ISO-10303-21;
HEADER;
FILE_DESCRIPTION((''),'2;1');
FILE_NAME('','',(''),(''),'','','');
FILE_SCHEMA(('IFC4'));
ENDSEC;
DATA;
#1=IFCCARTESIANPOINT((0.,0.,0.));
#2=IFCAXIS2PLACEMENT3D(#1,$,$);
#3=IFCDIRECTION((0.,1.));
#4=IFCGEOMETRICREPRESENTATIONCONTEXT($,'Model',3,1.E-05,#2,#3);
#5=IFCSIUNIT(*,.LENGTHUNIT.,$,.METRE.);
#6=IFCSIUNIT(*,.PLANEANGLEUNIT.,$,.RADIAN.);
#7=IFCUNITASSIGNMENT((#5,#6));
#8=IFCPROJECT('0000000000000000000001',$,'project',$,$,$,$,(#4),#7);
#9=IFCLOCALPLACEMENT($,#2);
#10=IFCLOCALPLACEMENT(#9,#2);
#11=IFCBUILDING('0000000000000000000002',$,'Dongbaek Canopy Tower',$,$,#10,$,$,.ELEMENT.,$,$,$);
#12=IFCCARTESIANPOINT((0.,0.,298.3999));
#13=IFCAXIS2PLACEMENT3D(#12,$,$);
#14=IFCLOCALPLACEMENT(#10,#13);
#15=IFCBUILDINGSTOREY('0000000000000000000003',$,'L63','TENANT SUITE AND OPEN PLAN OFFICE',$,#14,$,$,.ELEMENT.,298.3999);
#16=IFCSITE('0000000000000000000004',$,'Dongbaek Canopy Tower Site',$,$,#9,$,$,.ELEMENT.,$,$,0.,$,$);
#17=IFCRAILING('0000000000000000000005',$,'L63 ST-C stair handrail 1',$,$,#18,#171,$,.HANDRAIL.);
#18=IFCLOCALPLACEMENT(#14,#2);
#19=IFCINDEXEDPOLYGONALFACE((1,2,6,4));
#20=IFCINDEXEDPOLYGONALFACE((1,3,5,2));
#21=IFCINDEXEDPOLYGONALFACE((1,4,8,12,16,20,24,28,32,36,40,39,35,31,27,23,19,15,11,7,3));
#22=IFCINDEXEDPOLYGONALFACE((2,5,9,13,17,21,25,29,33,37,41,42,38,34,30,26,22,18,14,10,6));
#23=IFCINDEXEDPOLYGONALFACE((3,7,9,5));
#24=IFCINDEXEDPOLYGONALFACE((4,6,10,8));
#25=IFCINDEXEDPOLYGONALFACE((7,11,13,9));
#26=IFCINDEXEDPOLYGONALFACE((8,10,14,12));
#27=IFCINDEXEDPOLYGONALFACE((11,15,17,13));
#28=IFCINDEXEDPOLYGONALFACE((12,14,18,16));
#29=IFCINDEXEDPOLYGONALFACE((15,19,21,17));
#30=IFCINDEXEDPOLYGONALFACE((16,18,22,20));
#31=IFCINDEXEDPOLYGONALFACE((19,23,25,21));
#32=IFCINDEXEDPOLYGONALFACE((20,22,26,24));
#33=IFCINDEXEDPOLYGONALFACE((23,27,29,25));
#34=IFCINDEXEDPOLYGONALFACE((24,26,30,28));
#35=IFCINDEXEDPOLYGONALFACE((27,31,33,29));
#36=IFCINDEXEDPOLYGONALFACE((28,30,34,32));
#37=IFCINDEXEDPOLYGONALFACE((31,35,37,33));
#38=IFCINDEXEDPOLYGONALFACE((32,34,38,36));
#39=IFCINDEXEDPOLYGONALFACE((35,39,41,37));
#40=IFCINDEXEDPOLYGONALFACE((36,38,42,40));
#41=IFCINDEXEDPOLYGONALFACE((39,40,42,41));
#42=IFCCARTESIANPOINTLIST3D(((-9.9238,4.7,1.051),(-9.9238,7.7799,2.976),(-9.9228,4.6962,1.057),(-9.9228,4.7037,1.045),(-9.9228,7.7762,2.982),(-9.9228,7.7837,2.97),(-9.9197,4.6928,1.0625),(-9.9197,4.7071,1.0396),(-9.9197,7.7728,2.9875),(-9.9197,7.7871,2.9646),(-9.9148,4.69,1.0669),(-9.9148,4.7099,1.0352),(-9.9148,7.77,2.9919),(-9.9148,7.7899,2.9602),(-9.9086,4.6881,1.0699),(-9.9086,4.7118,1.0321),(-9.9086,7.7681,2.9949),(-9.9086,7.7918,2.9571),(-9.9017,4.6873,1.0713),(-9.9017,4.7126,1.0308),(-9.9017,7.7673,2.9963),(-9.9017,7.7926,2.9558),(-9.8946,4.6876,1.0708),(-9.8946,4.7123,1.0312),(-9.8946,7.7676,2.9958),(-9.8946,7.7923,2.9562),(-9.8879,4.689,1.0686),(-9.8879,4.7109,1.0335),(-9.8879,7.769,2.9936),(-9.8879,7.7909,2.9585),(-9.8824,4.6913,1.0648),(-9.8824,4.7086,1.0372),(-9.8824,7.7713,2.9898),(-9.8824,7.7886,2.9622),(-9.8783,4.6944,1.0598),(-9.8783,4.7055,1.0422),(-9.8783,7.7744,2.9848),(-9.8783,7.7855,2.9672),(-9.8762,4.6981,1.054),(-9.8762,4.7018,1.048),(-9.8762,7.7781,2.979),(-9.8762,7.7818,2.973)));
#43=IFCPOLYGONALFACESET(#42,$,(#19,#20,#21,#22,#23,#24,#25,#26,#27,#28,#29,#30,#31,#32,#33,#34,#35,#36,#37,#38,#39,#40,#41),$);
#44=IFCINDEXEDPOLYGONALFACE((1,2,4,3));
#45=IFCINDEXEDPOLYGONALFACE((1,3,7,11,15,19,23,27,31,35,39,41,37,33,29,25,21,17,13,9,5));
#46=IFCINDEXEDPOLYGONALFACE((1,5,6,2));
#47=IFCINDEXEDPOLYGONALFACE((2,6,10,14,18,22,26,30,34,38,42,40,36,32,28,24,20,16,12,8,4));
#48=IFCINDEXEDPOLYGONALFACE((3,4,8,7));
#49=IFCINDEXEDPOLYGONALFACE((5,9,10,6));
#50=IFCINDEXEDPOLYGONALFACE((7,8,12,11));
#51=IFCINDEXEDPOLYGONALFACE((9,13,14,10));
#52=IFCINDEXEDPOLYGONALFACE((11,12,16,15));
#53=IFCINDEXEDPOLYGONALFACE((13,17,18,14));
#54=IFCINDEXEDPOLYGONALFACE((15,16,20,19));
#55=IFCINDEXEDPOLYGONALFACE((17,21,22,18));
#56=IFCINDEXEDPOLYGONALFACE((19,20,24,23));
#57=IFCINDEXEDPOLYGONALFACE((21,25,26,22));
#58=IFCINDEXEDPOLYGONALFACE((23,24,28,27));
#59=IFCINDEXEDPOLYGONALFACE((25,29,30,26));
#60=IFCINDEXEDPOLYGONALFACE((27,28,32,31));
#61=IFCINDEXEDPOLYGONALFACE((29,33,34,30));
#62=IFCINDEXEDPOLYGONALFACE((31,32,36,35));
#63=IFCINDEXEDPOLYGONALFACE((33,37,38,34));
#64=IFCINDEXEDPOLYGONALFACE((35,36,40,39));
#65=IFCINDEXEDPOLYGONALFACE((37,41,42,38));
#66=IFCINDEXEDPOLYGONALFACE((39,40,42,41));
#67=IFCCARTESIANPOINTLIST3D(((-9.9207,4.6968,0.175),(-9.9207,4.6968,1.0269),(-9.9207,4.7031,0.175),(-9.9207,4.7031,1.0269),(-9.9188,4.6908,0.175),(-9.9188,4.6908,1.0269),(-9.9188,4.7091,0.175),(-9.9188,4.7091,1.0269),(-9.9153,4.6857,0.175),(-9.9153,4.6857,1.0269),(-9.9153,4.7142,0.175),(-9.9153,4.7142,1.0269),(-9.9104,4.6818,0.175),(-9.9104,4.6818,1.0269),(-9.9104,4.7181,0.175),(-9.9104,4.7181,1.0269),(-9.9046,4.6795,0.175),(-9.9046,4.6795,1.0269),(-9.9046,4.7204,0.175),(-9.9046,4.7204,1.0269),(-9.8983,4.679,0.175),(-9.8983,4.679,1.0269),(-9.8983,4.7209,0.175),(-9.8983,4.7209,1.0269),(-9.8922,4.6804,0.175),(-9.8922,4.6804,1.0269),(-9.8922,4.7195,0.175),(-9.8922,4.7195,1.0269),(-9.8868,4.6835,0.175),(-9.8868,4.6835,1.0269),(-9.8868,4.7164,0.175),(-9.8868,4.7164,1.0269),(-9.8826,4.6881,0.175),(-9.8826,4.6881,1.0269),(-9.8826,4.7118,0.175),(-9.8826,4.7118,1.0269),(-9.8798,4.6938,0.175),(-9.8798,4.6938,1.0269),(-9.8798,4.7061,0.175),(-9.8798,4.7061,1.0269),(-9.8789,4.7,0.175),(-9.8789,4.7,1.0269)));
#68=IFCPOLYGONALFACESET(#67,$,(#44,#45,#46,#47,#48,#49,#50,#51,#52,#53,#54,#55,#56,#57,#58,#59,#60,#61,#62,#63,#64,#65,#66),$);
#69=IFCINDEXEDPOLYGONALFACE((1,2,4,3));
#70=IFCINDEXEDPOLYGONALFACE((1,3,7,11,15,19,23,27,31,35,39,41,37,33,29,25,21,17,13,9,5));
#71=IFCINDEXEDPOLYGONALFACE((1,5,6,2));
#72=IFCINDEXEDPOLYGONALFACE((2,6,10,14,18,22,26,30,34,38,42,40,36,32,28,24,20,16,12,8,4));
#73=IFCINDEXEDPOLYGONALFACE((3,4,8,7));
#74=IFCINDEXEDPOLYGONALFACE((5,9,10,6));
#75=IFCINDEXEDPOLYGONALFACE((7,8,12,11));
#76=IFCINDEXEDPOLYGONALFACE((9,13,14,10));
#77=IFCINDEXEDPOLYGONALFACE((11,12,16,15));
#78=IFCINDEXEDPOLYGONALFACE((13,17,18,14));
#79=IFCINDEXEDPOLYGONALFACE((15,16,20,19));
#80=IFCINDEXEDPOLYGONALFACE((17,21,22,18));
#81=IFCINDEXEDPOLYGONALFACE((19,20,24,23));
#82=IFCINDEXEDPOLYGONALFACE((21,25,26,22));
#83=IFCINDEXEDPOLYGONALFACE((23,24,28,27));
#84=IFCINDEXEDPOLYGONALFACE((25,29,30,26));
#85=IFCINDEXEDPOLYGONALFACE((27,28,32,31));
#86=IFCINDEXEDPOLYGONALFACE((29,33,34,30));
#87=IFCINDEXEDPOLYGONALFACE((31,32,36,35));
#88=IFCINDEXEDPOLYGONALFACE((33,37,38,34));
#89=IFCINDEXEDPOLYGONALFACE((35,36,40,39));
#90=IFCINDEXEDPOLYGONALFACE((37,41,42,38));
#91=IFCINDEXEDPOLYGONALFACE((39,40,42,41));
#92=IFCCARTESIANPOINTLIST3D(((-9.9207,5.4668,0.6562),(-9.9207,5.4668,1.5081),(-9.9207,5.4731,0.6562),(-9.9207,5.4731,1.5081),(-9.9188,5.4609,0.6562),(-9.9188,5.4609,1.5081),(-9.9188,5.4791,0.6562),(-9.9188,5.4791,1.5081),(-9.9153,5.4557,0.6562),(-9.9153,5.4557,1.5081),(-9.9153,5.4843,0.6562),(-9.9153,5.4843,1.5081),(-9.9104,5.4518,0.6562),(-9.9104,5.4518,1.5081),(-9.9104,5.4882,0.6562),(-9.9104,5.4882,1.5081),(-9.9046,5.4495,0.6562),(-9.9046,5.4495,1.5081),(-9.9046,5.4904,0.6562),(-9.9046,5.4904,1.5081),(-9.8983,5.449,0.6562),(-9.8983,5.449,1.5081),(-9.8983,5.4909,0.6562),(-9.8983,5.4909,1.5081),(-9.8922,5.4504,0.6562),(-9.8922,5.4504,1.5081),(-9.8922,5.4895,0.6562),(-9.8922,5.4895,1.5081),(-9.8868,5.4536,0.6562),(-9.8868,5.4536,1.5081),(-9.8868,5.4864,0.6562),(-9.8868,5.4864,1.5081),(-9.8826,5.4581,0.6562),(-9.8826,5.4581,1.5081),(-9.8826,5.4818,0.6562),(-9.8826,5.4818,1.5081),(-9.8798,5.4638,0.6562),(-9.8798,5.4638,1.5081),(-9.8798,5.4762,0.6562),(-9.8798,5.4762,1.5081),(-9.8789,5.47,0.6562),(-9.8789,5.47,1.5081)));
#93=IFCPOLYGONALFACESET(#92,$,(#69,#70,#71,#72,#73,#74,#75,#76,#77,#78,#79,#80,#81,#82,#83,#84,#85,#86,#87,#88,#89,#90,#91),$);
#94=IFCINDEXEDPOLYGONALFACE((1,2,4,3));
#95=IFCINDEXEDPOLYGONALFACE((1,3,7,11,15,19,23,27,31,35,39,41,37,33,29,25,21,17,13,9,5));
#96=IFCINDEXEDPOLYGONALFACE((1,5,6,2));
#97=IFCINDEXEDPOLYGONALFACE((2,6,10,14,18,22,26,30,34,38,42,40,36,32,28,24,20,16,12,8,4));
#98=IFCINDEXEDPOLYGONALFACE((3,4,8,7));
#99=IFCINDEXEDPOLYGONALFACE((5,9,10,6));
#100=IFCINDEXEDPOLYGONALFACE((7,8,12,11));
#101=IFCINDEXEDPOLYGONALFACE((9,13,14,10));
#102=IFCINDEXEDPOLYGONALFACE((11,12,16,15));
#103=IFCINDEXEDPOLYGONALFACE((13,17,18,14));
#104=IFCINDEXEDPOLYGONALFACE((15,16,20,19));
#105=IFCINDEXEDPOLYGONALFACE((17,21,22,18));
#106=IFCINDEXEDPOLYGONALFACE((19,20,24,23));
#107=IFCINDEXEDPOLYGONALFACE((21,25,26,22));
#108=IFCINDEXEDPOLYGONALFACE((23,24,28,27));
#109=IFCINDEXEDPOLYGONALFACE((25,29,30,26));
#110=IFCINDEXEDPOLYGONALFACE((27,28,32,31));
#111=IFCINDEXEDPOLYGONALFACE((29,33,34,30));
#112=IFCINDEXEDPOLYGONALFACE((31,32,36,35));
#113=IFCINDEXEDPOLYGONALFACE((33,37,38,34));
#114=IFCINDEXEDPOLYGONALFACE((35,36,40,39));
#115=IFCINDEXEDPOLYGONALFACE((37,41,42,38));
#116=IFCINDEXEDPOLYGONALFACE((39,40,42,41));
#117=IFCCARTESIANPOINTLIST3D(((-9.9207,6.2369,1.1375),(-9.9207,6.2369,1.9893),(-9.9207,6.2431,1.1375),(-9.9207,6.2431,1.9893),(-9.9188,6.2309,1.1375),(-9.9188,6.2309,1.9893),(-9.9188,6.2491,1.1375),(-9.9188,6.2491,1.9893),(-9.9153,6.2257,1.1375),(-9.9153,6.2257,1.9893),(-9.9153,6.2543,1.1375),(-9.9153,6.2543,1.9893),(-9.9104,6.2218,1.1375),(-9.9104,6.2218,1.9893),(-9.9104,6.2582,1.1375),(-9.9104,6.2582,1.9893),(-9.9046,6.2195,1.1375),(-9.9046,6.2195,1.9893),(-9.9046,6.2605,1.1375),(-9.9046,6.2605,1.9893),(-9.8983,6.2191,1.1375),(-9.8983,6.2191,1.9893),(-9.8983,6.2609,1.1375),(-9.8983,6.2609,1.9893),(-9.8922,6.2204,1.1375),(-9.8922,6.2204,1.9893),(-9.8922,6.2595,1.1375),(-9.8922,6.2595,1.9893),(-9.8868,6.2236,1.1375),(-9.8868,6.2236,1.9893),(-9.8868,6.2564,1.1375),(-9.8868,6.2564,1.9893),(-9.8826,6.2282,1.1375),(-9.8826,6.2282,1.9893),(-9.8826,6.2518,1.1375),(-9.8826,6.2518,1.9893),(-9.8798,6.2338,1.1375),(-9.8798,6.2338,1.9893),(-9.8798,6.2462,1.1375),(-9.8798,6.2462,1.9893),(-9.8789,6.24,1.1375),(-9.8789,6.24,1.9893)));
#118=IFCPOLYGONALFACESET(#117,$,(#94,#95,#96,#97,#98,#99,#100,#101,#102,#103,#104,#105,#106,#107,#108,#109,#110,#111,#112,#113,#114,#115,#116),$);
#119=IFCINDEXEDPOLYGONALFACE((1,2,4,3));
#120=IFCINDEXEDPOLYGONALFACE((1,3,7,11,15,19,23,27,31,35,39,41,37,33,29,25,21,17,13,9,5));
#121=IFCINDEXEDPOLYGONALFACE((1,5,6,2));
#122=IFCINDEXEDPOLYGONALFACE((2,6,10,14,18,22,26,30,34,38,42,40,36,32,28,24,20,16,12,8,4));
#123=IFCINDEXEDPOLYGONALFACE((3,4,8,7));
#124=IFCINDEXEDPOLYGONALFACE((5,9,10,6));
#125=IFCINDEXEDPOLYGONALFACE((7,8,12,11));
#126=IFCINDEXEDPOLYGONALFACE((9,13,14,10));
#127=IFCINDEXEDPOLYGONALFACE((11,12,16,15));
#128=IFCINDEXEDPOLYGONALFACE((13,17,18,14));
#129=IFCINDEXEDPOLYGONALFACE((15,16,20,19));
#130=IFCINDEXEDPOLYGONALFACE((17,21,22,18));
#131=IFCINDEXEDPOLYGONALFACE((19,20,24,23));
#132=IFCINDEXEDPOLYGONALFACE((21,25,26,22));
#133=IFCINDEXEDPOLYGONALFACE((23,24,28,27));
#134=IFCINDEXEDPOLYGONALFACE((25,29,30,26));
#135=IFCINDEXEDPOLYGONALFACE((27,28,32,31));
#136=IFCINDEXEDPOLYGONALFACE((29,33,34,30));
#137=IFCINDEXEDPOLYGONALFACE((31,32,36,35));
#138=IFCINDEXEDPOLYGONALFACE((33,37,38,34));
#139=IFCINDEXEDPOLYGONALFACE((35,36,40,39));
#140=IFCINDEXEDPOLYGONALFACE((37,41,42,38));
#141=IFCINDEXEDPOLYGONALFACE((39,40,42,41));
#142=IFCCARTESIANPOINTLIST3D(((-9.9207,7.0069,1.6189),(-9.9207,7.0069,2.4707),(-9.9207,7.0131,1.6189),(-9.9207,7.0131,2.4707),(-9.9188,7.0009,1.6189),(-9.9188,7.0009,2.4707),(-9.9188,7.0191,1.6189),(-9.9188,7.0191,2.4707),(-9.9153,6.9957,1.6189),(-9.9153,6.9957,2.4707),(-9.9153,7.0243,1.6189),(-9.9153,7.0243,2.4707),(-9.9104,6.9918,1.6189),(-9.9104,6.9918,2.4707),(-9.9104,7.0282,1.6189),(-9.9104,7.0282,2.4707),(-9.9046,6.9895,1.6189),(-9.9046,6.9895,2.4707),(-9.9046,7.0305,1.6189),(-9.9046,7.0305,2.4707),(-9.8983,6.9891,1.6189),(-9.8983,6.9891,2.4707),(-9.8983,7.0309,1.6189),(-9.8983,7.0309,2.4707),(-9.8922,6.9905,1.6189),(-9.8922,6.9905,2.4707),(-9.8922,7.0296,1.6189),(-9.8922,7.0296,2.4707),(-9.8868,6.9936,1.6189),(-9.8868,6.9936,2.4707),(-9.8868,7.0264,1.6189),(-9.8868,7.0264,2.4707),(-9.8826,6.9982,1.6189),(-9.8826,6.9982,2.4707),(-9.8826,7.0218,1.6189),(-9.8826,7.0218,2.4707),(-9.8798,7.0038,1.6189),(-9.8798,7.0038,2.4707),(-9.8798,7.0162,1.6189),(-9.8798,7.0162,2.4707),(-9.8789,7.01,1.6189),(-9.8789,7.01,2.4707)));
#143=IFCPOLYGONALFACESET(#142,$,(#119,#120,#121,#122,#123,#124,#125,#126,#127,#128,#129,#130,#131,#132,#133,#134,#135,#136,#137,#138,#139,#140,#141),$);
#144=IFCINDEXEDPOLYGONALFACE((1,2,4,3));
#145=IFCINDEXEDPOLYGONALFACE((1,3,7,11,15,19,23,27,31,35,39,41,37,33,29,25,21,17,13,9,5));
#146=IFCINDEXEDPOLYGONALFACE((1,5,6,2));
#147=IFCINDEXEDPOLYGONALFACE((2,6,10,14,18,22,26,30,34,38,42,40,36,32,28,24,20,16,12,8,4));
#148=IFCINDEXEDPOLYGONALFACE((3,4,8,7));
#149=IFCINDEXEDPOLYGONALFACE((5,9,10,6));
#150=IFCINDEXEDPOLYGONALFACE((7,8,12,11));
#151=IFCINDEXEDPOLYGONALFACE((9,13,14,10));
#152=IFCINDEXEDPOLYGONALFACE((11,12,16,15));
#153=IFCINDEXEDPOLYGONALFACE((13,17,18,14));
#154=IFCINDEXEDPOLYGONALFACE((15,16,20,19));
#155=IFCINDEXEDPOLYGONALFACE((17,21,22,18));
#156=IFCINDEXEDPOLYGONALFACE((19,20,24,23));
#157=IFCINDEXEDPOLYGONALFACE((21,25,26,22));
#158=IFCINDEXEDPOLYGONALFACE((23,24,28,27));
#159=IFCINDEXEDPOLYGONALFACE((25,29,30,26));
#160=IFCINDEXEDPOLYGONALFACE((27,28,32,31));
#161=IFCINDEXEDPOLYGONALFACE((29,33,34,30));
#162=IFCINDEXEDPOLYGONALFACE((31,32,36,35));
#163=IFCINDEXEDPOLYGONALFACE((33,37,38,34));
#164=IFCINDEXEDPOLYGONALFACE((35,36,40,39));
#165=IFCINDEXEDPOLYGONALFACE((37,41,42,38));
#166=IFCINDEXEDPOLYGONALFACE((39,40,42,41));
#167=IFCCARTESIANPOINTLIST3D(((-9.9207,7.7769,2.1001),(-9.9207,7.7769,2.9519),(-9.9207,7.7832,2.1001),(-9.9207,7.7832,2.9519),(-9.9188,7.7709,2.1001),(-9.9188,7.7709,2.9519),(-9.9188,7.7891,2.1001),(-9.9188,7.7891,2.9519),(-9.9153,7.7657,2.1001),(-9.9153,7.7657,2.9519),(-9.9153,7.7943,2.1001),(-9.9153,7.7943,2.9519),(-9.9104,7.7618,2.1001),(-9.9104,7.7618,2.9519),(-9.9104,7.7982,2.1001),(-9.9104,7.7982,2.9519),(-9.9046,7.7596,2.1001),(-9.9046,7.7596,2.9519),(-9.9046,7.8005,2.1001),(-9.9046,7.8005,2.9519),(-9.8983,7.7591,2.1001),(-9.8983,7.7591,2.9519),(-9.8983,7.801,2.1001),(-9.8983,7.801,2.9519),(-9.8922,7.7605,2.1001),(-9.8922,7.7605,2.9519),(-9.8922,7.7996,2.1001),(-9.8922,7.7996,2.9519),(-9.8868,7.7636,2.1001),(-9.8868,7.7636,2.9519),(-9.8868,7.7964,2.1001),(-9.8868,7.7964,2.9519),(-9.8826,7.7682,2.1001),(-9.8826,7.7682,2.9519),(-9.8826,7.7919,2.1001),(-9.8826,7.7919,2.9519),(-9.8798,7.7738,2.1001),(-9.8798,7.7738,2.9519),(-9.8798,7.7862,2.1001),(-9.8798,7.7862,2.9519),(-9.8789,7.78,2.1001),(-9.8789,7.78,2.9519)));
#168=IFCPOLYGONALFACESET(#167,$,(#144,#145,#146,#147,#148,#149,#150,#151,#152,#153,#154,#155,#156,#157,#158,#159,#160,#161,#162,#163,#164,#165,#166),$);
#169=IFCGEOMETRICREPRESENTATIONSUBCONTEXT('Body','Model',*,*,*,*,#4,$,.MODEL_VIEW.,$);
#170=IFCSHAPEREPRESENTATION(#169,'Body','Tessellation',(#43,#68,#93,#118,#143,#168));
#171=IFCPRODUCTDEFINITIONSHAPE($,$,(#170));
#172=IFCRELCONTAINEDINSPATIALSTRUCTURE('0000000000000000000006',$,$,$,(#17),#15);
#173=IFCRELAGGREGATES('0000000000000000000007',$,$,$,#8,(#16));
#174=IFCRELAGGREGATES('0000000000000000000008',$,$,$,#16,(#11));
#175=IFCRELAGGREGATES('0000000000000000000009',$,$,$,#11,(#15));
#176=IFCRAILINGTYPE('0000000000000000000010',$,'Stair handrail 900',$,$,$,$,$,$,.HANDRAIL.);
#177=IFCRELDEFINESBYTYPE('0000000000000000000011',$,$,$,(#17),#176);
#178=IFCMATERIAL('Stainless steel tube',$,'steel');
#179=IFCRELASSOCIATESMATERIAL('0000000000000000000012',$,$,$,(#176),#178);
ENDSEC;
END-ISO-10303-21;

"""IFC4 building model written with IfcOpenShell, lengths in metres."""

from ifc_helpers import new_model, si_unit, direction, frame, origin, origin_2d, place, context, subcontext, project, spatial, circle, extrude, material, type_object, element, save


model = new_model("IFC4")

# Units and contexts
model_context = context("Model", 3, precision=1e-05, world=origin(), true_north=direction((0.0, 1.0)))
body_context = subcontext(model_context, "Body", "Model", "MODEL_VIEW")
ifc_project = project(units=[si_unit("LENGTHUNIT", "METRE"), si_unit("PLANEANGLEUNIT", "RADIAN")], contexts=[model_context])

# Site, building, storey
site_placement = place(None, origin())
site = spatial("IfcSite", under=ifc_project, at=site_placement, Name="Dongbaek Canopy Tower Site", CompositionType="ELEMENT", RefElevation=0.0)
building_placement = place(site_placement, origin())
building = spatial("IfcBuilding", under=site, at=building_placement, Name="Dongbaek Canopy Tower", CompositionType="ELEMENT")
storey_placement = place(building_placement, frame((0.0, 0.0, 298.3999)))
storey = spatial("IfcBuildingStorey", under=building, at=storey_placement, Name="L63", Description="TENANT SUITE AND OPEN PLAN OFFICE", CompositionType="ELEMENT", Elevation=298.3999)

# Railing
ifc_material_1 = material(Name="Stainless steel tube", Category="steel")
railing_type_1 = type_object("IfcRailingType", Name="Stair handrail 900", PredefinedType="HANDRAIL", material=ifc_material_1)
railing_1_placement = place(storey_placement, frame((-9.8999, 4.7, 0.175)))
element("IfcRailing", 1, at=railing_1_placement, inside=storey, type_object=railing_type_1, Name="L63 ST-C stair handrail 1", PredefinedType="HANDRAIL", context=body_context, shape_type="SweptSolid", body=[
    extrude(circle(Radius=0.0239, at=origin_2d()), frame((0.0, 0.0, 0.876), z_axis=(0.0, 0.847998, 0.529999), x_axis=(-1.0, 0.0, 0.0)), (0.0, 0.0, 1.0), 3.6321),
    extrude(circle(Radius=0.021, at=origin_2d()), origin(), (0.0, 0.0, 1.0), 0.8518),
    extrude(circle(Radius=0.021, at=origin_2d()), frame((0.0, 0.77, 0.4812)), (0.0, 0.0, 1.0), 0.8518),
    extrude(circle(Radius=0.021, at=origin_2d()), frame((0.0, 1.54, 0.9624)), (0.0, 0.0, 1.0), 0.8518),
    extrude(circle(Radius=0.021, at=origin_2d()), frame((0.0, 2.3101, 1.4438)), (0.0, 0.0, 1.0), 0.8518),
    extrude(circle(Radius=0.021, at=origin_2d()), frame((0.0, 3.0801, 1.925)), (0.0, 0.0, 1.0), 0.8518),
])

save(model, "model.ifc")
